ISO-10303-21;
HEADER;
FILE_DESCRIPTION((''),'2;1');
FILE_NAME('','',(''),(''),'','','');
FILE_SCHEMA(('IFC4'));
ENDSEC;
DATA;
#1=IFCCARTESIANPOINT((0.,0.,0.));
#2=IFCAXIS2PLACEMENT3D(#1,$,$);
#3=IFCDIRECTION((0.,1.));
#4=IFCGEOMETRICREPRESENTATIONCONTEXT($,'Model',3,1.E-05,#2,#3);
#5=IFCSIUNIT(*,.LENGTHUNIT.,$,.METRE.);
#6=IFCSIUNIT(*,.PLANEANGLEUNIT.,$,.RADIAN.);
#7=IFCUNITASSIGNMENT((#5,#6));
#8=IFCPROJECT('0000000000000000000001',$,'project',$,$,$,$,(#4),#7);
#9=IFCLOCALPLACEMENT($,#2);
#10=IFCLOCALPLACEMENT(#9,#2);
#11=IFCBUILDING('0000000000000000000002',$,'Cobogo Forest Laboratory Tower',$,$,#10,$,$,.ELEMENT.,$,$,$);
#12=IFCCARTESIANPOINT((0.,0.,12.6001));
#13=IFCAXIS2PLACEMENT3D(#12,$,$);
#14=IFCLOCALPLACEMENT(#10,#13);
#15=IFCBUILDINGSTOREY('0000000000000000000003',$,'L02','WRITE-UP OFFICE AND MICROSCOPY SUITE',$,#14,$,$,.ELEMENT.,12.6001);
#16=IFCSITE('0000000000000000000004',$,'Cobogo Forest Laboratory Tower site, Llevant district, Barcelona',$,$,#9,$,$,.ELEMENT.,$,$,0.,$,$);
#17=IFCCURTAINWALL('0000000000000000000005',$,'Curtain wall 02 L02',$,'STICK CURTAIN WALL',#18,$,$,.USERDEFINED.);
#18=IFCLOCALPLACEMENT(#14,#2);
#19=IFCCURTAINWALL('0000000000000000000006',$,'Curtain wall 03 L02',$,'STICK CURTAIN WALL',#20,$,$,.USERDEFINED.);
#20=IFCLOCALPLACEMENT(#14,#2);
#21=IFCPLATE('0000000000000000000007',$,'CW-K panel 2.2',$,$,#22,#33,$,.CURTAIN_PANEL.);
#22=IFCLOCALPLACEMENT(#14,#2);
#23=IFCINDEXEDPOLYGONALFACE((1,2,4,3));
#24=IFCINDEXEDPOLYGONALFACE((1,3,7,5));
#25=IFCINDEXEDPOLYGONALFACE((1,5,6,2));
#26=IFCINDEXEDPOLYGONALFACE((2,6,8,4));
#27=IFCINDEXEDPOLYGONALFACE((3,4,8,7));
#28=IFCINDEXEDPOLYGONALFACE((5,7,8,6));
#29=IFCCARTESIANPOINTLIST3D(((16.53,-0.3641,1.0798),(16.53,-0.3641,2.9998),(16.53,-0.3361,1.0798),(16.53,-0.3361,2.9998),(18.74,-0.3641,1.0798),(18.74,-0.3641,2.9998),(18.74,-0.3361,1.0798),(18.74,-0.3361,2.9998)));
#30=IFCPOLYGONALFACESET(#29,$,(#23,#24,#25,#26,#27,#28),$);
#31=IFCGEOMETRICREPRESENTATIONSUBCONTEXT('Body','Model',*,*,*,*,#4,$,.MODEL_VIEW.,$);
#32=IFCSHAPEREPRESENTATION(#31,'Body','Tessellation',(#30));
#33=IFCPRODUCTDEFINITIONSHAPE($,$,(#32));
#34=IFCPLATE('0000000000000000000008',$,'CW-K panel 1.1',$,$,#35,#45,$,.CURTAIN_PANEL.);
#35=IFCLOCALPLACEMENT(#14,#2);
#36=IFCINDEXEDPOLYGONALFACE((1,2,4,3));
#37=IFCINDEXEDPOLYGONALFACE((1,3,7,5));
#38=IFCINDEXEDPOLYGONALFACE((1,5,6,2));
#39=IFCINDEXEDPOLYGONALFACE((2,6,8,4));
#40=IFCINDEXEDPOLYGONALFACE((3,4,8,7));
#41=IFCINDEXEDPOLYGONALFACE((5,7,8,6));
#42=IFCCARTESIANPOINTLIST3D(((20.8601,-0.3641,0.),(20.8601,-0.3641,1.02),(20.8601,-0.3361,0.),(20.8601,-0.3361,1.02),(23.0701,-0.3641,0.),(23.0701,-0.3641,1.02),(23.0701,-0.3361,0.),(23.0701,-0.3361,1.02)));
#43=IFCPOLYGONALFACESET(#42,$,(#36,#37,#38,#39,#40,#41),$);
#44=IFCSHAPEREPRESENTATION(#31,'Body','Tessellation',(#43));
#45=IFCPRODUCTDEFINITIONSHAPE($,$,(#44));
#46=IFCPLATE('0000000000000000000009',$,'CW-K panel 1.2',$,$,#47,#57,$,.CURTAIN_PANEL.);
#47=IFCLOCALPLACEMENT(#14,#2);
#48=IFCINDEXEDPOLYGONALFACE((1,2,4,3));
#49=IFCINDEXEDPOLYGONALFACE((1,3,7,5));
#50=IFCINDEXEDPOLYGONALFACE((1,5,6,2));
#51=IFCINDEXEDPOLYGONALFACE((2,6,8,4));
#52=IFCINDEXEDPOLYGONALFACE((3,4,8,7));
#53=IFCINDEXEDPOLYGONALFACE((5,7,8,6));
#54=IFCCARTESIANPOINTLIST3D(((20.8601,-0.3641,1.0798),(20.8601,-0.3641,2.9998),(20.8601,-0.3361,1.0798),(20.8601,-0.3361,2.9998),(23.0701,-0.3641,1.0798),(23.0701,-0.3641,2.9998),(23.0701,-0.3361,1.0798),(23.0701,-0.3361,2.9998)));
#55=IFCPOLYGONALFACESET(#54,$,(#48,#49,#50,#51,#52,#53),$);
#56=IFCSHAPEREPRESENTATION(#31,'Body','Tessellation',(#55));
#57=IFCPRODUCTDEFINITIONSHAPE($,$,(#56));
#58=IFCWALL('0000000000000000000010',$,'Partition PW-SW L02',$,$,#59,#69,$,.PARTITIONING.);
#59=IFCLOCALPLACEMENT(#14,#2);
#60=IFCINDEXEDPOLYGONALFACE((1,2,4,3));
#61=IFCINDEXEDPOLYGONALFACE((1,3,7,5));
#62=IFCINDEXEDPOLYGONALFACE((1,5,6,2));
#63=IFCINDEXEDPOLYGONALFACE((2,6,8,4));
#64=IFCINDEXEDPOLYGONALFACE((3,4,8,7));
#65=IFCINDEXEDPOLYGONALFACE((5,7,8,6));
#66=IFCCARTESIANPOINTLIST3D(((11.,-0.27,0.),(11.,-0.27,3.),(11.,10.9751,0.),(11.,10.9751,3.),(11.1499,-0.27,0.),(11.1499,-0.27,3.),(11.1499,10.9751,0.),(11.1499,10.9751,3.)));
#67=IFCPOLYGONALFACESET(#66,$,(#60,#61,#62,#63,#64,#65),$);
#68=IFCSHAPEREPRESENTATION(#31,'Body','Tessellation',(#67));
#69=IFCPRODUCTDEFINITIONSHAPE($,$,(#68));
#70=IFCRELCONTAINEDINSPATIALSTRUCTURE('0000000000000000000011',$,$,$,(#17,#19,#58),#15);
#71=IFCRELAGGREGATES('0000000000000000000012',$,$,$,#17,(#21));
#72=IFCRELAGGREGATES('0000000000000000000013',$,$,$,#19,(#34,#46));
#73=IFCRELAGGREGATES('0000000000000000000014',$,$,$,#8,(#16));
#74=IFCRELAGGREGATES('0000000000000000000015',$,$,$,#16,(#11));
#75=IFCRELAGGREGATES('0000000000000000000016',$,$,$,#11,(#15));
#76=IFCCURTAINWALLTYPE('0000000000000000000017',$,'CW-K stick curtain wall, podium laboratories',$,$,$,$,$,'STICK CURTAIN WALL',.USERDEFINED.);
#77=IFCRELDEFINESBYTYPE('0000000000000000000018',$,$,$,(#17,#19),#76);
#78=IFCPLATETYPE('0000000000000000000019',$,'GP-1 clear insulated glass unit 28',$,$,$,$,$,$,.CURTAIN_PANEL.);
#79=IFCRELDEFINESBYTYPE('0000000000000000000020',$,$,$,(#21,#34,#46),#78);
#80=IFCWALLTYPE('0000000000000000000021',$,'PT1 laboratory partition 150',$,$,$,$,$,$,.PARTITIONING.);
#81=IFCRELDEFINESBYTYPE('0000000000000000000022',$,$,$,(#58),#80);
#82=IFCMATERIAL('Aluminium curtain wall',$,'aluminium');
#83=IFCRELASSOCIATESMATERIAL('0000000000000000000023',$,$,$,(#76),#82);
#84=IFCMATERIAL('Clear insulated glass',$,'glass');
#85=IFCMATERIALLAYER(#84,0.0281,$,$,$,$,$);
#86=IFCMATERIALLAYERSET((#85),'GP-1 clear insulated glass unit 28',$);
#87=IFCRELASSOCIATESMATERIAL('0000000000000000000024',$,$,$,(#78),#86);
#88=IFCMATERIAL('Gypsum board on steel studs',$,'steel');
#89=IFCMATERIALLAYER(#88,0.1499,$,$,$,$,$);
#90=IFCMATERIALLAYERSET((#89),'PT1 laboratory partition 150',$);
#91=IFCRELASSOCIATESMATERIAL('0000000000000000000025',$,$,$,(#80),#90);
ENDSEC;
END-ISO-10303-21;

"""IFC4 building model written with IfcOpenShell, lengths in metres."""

from ifc_helpers import new_model, si_unit, direction, frame, frame_2d, origin, origin_2d, place, context, subcontext, project, spatial, rectangle, extrude, material, layer, layer_set, type_object, element, aggregate, save


model = new_model("IFC4")

# Units and contexts
model_context = context("Model", 3, precision=1e-05, world=origin(), true_north=direction((0.0, 1.0)))
body_context = subcontext(model_context, "Body", "Model", "MODEL_VIEW")
ifc_project = project(units=[si_unit("LENGTHUNIT", "METRE"), si_unit("PLANEANGLEUNIT", "RADIAN")], contexts=[model_context])

# Site, building, storey
site_placement = place(None, origin())
site = spatial("IfcSite", under=ifc_project, at=site_placement, Name="Cobogo Forest Laboratory Tower site, Llevant district, Barcelona", CompositionType="ELEMENT", RefElevation=0.0)
building_placement = place(site_placement, origin())
building = spatial("IfcBuilding", under=site, at=building_placement, Name="Cobogo Forest Laboratory Tower", CompositionType="ELEMENT")
storey_placement = place(building_placement, frame((0.0, 0.0, 12.6001)))
storey = spatial("IfcBuildingStorey", under=building, at=storey_placement, Name="L02", Description="WRITE-UP OFFICE AND MICROSCOPY SUITE", CompositionType="ELEMENT", Elevation=12.6001)

# Shared definitions
ifc_material_1 = material(Name="Aluminium curtain wall", Category="aluminium")
curtain_wall_type = type_object("IfcCurtainWallType", Name="CW-K stick curtain wall, podium laboratories", ElementType="STICK CURTAIN WALL", PredefinedType="USERDEFINED", material=ifc_material_1)

# Curtain walls
curtain_wall_1_placement = place(storey_placement, origin())
curtain_wall_1 = element("IfcCurtainWall", 1, at=curtain_wall_1_placement, inside=storey, type_object=curtain_wall_type, Name="Curtain wall 02 L02", ObjectType="STICK CURTAIN WALL", PredefinedType="USERDEFINED")
curtain_wall_2_placement = place(storey_placement, origin())
curtain_wall_2 = element("IfcCurtainWall", 2, at=curtain_wall_2_placement, inside=storey, type_object=curtain_wall_type, Name="Curtain wall 03 L02", ObjectType="STICK CURTAIN WALL", PredefinedType="USERDEFINED")

# Plates
ifc_material_2 = material(Name="Clear insulated glass", Category="glass")
ifc_layer_1 = layer(ifc_material_2, 0.0281)
ifc_layer_set_1 = layer_set([ifc_layer_1], Name="GP-1 clear insulated glass unit 28")
plate_type_1 = type_object("IfcPlateType", Name="GP-1 clear insulated glass unit 28", PredefinedType="CURTAIN_PANEL", material=ifc_layer_set_1)
plate_1_placement = place(storey_placement, frame((17.635, -0.3501, 1.0798), z_axis=(0.0, 0.0, 1.0), x_axis=(1.0, 0.0, 0.0)))
plate_1 = element("IfcPlate", 3, at=plate_1_placement, type_object=plate_type_1, Name="CW-K panel 2.2", PredefinedType="CURTAIN_PANEL", context=body_context, shape_type="SweptSolid", body=[
    extrude(rectangle(XDim=2.21, YDim=0.0281, at=origin_2d()), origin(), (0.0, 0.0, 1.0), 1.9199),
])
aggregate(curtain_wall_1, [plate_1])
plate_2_placement = place(storey_placement, frame((21.9651, -0.3501, 0.0), z_axis=(0.0, 0.0, 1.0), x_axis=(1.0, 0.0, 0.0)))
plate_2 = element("IfcPlate", 4, at=plate_2_placement, type_object=plate_type_1, Name="CW-K panel 1.1", PredefinedType="CURTAIN_PANEL", context=body_context, shape_type="SweptSolid", body=[
    extrude(rectangle(XDim=2.21, YDim=0.0281, at=origin_2d()), origin(), (0.0, 0.0, 1.0), 1.02),
])
plate_3_placement = place(storey_placement, frame((21.9651, -0.3501, 1.0798), z_axis=(0.0, 0.0, 1.0), x_axis=(1.0, 0.0, 0.0)))
plate_3 = element("IfcPlate", 5, at=plate_3_placement, type_object=plate_type_1, Name="CW-K panel 1.2", PredefinedType="CURTAIN_PANEL", context=body_context, shape_type="SweptSolid", body=[
    extrude(rectangle(XDim=2.21, YDim=0.0281, at=origin_2d()), origin(), (0.0, 0.0, 1.0), 1.9199),
])
aggregate(curtain_wall_2, [plate_2, plate_3])

# Wall
ifc_material_3 = material(Name="Gypsum board on steel studs", Category="steel")
ifc_layer_2 = layer(ifc_material_3, 0.1499)
ifc_layer_set_2 = layer_set([ifc_layer_2], Name="PT1 laboratory partition 150")
wall_type = type_object("IfcWallType", Name="PT1 laboratory partition 150", PredefinedType="PARTITIONING", material=ifc_layer_set_2)
wall_placement = place(storey_placement, frame((11.075, -0.27, 0.0), z_axis=(0.0, 0.0, 1.0), x_axis=(0.0, 1.0, 0.0)))
element("IfcWall", 6, at=wall_placement, inside=storey, type_object=wall_type, Name="Partition PW-SW L02", PredefinedType="PARTITIONING", context=body_context, shape_type="SweptSolid", body=[
    extrude(rectangle(XDim=11.2451, YDim=0.1499, at=frame_2d((5.6226, 0.0))), origin(), (0.0, 0.0, 1.0), 3.0),
])

save(model, "model.ifc")
